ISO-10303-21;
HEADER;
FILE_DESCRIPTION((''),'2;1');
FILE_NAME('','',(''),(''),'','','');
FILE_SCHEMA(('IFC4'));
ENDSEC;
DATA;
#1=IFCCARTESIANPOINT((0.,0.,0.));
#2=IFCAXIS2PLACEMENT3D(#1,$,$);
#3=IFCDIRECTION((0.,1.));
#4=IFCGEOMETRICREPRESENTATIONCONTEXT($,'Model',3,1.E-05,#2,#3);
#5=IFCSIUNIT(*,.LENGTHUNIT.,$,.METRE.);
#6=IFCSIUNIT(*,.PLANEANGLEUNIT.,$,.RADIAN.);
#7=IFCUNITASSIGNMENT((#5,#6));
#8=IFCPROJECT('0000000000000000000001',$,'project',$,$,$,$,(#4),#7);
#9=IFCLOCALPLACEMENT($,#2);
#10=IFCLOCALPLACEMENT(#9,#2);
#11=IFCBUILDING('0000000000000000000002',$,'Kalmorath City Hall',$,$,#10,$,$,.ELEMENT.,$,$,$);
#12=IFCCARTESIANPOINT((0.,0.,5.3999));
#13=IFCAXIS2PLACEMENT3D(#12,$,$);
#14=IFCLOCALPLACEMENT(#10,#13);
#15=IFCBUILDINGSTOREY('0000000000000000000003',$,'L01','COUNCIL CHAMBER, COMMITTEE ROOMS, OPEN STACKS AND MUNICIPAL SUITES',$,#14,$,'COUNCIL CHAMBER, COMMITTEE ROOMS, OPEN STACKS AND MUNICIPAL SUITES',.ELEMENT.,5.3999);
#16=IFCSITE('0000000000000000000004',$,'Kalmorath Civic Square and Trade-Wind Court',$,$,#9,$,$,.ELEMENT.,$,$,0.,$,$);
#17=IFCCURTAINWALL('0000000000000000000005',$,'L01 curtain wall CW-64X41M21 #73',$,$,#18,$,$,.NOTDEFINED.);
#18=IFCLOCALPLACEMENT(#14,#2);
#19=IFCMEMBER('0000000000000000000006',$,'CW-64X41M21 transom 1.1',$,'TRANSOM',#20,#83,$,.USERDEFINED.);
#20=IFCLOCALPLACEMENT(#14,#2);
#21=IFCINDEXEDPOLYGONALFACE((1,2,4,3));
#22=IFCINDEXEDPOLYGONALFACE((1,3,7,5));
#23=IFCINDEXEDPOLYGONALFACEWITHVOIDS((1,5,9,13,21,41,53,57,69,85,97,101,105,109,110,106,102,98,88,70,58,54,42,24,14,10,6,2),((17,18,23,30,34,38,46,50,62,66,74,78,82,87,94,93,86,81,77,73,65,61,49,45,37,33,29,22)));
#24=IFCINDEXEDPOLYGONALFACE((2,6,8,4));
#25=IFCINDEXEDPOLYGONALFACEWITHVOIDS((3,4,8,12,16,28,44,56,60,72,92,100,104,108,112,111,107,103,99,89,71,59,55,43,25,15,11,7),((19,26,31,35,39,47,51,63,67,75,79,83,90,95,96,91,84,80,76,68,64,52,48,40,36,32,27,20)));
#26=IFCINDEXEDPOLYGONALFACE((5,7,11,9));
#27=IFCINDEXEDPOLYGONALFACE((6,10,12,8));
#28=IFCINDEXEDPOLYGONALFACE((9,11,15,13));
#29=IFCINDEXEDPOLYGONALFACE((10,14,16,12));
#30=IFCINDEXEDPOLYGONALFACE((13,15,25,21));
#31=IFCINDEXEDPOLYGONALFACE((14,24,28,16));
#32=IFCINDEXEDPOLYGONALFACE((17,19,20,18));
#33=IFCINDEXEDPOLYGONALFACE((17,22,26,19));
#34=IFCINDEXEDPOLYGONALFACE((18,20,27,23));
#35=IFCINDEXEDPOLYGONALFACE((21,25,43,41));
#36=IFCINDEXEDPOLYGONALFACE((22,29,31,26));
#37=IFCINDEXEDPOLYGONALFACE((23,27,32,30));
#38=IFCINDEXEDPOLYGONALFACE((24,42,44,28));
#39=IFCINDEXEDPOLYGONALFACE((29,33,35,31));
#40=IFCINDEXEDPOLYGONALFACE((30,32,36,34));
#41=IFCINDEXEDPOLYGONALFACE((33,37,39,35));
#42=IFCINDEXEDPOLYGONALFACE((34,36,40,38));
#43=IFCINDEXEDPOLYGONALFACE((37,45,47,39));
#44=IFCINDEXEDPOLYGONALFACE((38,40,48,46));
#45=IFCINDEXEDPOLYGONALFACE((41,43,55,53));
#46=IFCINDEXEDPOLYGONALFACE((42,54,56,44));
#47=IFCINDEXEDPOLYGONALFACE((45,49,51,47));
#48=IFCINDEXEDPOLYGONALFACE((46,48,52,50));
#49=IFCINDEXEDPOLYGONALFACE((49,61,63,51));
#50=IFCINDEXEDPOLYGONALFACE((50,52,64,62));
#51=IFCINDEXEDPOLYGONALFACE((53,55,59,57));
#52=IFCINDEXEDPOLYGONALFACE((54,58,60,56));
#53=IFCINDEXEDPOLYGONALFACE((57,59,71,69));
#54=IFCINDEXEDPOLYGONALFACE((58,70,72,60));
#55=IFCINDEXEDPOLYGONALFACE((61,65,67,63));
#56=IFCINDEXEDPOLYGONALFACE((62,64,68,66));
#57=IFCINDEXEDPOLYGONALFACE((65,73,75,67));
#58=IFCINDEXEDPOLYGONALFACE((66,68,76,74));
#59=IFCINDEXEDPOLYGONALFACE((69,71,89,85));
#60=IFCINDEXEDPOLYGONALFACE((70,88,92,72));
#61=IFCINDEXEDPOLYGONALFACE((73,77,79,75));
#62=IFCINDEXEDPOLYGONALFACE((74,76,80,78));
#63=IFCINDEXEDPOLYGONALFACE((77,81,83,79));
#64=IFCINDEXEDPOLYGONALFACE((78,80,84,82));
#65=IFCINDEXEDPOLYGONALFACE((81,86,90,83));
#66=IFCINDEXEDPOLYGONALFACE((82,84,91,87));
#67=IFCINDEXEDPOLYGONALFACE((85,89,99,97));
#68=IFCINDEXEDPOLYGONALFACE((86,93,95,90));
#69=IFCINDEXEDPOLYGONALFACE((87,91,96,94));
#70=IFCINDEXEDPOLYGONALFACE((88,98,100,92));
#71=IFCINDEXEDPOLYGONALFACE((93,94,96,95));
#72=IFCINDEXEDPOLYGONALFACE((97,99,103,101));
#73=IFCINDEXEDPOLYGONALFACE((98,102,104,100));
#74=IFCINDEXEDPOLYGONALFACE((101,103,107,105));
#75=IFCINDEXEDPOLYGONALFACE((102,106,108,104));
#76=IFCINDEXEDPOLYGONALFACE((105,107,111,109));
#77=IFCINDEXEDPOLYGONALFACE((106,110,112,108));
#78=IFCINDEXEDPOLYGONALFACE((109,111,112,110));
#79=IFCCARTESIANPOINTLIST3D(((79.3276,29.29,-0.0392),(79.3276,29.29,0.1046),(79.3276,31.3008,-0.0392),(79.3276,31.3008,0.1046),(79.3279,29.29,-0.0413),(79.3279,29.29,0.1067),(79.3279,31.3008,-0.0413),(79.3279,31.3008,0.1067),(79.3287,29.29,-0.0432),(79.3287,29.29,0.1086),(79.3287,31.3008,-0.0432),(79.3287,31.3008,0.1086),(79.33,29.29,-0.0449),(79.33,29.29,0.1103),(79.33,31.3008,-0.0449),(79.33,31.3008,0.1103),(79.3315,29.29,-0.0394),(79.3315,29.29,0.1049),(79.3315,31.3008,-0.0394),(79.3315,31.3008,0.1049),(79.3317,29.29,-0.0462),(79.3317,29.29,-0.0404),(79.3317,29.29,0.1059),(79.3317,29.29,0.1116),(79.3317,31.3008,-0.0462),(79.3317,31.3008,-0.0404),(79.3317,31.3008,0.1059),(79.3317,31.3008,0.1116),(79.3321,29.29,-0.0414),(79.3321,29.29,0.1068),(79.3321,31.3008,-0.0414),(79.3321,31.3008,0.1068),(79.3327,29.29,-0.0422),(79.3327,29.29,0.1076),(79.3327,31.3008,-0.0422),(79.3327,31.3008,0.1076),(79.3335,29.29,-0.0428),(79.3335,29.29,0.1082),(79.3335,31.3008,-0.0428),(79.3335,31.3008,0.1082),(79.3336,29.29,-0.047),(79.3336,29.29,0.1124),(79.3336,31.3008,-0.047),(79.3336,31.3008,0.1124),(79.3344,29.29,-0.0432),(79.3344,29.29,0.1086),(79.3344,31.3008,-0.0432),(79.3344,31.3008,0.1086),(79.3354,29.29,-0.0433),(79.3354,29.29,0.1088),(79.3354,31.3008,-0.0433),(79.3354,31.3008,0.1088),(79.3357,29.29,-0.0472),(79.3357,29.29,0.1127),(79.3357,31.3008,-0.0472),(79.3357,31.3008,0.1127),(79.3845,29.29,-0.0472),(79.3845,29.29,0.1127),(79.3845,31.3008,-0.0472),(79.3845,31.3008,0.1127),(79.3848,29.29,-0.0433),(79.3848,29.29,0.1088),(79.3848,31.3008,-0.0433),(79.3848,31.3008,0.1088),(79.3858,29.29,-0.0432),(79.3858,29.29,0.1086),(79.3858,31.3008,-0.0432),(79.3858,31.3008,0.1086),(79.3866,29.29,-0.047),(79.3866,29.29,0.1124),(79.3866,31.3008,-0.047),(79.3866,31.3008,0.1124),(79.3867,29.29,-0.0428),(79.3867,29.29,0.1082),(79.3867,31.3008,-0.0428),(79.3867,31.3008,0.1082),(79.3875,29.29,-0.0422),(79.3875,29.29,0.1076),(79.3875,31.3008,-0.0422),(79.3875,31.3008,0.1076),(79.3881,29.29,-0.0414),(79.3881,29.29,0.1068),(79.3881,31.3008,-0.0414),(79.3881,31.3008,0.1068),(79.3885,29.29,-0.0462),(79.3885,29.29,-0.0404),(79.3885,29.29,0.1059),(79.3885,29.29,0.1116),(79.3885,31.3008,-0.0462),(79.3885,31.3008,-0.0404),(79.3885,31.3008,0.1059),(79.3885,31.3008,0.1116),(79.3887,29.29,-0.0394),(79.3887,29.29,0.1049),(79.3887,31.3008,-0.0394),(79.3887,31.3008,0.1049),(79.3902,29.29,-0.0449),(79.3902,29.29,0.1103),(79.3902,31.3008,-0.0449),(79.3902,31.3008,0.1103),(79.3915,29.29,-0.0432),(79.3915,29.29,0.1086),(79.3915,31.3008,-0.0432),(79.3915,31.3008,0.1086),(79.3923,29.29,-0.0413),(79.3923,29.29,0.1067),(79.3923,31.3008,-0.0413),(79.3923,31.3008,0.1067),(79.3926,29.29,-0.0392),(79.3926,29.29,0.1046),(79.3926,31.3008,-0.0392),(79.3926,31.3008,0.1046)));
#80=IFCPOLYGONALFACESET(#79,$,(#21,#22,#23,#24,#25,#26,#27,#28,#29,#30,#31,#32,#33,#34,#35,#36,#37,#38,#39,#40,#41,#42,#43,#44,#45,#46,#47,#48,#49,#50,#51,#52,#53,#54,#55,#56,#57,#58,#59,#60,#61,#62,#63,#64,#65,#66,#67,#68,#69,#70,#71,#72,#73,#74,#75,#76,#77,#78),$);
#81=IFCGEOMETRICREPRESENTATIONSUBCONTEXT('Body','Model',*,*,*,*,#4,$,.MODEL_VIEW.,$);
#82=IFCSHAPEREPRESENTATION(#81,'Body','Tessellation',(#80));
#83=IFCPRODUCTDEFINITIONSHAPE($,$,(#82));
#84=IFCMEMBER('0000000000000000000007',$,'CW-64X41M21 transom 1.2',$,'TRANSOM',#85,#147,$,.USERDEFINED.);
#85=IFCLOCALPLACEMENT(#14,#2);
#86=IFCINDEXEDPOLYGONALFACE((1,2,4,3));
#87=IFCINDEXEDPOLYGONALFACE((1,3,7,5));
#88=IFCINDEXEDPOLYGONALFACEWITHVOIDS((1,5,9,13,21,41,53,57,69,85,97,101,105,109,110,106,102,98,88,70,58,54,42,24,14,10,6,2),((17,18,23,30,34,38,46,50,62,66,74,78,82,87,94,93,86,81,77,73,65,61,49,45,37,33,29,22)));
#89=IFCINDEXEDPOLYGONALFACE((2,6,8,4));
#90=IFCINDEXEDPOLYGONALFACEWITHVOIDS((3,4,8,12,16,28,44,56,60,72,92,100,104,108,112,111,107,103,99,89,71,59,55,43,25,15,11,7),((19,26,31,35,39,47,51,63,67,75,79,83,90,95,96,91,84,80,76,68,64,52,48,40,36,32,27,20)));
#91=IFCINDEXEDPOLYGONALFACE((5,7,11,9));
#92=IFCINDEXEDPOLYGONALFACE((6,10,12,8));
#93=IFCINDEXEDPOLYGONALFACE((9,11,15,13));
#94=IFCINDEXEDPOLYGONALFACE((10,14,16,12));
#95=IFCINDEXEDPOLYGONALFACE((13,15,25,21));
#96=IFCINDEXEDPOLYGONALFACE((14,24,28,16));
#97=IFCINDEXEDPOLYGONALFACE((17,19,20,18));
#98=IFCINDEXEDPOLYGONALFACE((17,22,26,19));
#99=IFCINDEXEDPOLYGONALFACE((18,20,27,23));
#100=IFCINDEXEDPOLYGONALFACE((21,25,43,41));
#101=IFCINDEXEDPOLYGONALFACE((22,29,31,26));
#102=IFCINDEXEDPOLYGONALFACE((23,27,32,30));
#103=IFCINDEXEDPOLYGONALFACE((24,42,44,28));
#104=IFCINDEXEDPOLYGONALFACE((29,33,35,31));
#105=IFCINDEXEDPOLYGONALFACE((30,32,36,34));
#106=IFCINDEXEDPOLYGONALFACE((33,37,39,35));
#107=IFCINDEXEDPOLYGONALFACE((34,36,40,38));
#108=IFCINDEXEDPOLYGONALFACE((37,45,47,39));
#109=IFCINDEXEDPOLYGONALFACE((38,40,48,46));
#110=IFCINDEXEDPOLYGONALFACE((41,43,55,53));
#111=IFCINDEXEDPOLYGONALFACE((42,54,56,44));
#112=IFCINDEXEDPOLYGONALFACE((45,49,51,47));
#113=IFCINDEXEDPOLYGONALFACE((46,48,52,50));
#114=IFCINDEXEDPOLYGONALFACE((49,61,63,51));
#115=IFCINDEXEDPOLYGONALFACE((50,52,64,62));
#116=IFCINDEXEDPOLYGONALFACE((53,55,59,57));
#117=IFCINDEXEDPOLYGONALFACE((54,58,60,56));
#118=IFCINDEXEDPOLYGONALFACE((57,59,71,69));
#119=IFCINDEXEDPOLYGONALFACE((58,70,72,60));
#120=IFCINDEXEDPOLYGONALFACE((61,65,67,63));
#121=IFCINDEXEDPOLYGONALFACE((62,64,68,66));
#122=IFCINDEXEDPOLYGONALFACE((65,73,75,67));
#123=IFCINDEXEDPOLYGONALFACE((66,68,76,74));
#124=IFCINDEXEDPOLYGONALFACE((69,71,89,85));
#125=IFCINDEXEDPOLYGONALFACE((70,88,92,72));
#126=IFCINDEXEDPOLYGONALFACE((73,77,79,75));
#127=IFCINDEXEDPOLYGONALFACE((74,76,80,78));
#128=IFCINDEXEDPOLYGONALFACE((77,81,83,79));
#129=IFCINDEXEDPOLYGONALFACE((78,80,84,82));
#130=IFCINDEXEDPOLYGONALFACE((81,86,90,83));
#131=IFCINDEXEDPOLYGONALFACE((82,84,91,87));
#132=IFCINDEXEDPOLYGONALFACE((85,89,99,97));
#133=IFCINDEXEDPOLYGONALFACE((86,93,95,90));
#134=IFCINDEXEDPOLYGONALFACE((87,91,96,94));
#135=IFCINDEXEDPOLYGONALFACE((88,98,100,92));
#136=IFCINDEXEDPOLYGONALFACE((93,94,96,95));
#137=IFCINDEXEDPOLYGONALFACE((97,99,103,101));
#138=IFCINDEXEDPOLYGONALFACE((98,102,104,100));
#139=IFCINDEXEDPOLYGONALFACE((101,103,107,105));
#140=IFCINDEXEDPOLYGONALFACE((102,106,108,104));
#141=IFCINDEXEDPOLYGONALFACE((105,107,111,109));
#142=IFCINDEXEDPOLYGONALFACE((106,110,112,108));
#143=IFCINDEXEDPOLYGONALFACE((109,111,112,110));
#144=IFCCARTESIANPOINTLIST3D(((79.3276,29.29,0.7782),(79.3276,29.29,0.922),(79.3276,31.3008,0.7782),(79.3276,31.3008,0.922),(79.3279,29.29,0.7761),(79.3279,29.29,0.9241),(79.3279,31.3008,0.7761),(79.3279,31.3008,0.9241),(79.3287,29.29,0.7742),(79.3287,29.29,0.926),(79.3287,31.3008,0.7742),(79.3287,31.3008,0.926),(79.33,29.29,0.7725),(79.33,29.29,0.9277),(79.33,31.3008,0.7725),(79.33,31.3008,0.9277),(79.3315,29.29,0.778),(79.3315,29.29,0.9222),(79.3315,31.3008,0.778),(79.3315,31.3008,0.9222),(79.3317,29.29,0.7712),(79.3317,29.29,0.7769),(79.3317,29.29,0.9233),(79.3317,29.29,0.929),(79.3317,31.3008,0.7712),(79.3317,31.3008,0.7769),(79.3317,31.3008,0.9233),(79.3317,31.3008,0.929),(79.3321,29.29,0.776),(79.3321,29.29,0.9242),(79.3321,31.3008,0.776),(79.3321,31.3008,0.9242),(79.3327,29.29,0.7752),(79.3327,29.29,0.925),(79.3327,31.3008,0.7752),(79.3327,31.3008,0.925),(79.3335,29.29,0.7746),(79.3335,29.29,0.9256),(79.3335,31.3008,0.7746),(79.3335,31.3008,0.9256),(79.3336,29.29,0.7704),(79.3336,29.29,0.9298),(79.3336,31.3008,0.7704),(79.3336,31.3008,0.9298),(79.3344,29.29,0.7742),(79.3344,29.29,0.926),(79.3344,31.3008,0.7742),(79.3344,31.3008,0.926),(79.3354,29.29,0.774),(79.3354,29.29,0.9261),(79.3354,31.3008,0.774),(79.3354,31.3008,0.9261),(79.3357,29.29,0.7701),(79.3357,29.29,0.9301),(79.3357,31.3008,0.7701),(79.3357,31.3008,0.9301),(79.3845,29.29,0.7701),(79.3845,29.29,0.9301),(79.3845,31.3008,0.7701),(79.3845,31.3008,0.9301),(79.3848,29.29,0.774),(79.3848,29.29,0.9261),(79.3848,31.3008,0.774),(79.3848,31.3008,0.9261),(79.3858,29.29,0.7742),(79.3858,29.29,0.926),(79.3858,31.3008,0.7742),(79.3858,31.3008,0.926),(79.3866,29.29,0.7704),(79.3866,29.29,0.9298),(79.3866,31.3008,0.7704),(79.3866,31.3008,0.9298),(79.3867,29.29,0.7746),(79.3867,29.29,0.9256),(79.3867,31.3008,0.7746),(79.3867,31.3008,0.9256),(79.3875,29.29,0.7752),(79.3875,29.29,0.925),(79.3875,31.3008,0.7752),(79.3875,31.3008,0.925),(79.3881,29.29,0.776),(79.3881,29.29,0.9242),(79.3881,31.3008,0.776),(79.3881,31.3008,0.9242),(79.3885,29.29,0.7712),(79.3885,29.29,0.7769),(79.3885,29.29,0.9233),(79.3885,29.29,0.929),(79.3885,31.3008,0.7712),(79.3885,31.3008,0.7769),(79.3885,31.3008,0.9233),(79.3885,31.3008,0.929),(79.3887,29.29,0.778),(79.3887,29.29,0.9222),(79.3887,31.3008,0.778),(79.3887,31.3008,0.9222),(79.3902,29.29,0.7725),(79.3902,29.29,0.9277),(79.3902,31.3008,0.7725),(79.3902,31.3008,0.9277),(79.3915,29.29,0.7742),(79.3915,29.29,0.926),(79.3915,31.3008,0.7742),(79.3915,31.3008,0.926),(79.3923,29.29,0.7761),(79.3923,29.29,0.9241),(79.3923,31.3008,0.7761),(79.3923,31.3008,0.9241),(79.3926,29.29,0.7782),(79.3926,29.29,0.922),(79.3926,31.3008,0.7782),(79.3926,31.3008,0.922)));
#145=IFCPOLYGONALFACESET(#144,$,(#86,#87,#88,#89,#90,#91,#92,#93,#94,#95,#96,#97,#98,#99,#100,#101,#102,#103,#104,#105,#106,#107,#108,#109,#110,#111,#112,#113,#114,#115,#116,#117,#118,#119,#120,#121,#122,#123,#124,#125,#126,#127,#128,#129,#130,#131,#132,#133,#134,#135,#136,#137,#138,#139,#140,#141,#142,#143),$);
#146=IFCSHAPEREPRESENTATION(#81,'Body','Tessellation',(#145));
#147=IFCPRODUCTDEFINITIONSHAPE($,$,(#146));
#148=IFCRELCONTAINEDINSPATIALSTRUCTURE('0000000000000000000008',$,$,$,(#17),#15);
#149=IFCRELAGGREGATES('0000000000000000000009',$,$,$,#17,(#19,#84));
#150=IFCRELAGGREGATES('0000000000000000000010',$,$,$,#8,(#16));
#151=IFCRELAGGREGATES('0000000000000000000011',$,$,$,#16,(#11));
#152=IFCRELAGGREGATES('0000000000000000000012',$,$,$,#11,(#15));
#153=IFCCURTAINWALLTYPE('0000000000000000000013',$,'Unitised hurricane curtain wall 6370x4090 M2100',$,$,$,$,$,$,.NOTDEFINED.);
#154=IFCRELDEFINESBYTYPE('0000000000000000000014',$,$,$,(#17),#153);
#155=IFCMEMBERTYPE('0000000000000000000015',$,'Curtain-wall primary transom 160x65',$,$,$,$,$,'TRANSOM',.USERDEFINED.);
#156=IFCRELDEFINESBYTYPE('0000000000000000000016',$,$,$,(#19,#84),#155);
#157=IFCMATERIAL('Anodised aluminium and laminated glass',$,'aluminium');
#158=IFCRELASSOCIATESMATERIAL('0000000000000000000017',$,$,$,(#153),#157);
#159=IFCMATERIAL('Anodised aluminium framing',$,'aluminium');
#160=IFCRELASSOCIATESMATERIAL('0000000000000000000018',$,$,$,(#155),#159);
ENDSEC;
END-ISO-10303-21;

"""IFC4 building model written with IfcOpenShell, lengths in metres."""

from ifc_helpers import new_model, si_unit, direction, frame, origin, origin_2d, place, context, subcontext, project, spatial, hollow_rectangle, extrude, material, material_profile, profile_set, type_object, element, aggregate, save


model = new_model("IFC4")

# Units and contexts
model_context = context("Model", 3, precision=1e-05, world=origin(), true_north=direction((0.0, 1.0)))
body_context = subcontext(model_context, "Body", "Model", "MODEL_VIEW")
ifc_project = project(units=[si_unit("LENGTHUNIT", "METRE"), si_unit("PLANEANGLEUNIT", "RADIAN")], contexts=[model_context])

# Site, building, storey
site_placement = place(None, origin())
site = spatial("IfcSite", under=ifc_project, at=site_placement, Name="Kalmorath Civic Square and Trade-Wind Court", CompositionType="ELEMENT", RefElevation=0.0)
building_placement = place(site_placement, origin())
building = spatial("IfcBuilding", under=site, at=building_placement, Name="Kalmorath City Hall", CompositionType="ELEMENT")
storey_placement = place(building_placement, frame((0.0, 0.0, 5.3999)))
storey = spatial("IfcBuildingStorey", under=building, at=storey_placement, Name="L01", Description="COUNCIL CHAMBER, COMMITTEE ROOMS, OPEN STACKS AND MUNICIPAL SUITES", LongName="COUNCIL CHAMBER, COMMITTEE ROOMS, OPEN STACKS AND MUNICIPAL SUITES", CompositionType="ELEMENT", Elevation=5.3999)

# Curtain wall
ifc_material_1 = material(Name="Anodised aluminium and laminated glass", Category="aluminium")
curtain_wall_type_1 = type_object("IfcCurtainWallType", Name="Unitised hurricane curtain wall 6370x4090 M2100", PredefinedType="NOTDEFINED", material=ifc_material_1)
curtain_wall_1_placement = place(storey_placement, origin())
curtain_wall_1 = element("IfcCurtainWall", 1, at=curtain_wall_1_placement, inside=storey, type_object=curtain_wall_type_1, Name="L01 curtain wall CW-64X41M21 #73", PredefinedType="NOTDEFINED")

# Members
ifc_material_2 = material(Name="Anodised aluminium framing", Category="aluminium")
ifc_material_profile_1 = material_profile(ifc_material_2, hollow_rectangle(XDim=0.0649, YDim=0.1599, WallThickness=0.0039, InnerFilletRadius=0.0039, OuterFilletRadius=0.0081, at=origin_2d()), Name="ALU-TRN-160X65X4")
ifc_profile_set_1 = profile_set([ifc_material_profile_1], Name="Anodised aluminium framing")
member_type_1 = type_object("IfcMemberType", Name="Curtain-wall primary transom 160x65", ElementType="TRANSOM", PredefinedType="USERDEFINED", material=ifc_profile_set_1)
member_1_placement = place(storey_placement, frame((79.3601, 29.29, 0.0327), z_axis=(0.0, 1.0, 0.0), x_axis=(-1.0, 0.0, 0.0)))
member_1 = element("IfcMember", 2, at=member_1_placement, type_object=member_type_1, Name="CW-64X41M21 transom 1.1", ObjectType="TRANSOM", PredefinedType="USERDEFINED", context=body_context, shape_type="SweptSolid", body=[
    extrude(hollow_rectangle(XDim=0.0649, YDim=0.1599, WallThickness=0.0039, InnerFilletRadius=0.0039, OuterFilletRadius=0.0081, at=origin_2d()), origin(), (0.0, 0.0, 1.0), 2.0107),
])
member_2_placement = place(storey_placement, frame((79.3601, 29.29, 0.8501), z_axis=(0.0, 1.0, 0.0), x_axis=(-1.0, 0.0, 0.0)))
member_2 = element("IfcMember", 3, at=member_2_placement, type_object=member_type_1, Name="CW-64X41M21 transom 1.2", ObjectType="TRANSOM", PredefinedType="USERDEFINED", context=body_context, shape_type="SweptSolid", body=[
    extrude(hollow_rectangle(XDim=0.0649, YDim=0.1599, WallThickness=0.0039, InnerFilletRadius=0.0039, OuterFilletRadius=0.0081, at=origin_2d()), origin(), (0.0, 0.0, 1.0), 2.0107),
])
aggregate(curtain_wall_1, [member_1, member_2])

save(model, "model.ifc")
